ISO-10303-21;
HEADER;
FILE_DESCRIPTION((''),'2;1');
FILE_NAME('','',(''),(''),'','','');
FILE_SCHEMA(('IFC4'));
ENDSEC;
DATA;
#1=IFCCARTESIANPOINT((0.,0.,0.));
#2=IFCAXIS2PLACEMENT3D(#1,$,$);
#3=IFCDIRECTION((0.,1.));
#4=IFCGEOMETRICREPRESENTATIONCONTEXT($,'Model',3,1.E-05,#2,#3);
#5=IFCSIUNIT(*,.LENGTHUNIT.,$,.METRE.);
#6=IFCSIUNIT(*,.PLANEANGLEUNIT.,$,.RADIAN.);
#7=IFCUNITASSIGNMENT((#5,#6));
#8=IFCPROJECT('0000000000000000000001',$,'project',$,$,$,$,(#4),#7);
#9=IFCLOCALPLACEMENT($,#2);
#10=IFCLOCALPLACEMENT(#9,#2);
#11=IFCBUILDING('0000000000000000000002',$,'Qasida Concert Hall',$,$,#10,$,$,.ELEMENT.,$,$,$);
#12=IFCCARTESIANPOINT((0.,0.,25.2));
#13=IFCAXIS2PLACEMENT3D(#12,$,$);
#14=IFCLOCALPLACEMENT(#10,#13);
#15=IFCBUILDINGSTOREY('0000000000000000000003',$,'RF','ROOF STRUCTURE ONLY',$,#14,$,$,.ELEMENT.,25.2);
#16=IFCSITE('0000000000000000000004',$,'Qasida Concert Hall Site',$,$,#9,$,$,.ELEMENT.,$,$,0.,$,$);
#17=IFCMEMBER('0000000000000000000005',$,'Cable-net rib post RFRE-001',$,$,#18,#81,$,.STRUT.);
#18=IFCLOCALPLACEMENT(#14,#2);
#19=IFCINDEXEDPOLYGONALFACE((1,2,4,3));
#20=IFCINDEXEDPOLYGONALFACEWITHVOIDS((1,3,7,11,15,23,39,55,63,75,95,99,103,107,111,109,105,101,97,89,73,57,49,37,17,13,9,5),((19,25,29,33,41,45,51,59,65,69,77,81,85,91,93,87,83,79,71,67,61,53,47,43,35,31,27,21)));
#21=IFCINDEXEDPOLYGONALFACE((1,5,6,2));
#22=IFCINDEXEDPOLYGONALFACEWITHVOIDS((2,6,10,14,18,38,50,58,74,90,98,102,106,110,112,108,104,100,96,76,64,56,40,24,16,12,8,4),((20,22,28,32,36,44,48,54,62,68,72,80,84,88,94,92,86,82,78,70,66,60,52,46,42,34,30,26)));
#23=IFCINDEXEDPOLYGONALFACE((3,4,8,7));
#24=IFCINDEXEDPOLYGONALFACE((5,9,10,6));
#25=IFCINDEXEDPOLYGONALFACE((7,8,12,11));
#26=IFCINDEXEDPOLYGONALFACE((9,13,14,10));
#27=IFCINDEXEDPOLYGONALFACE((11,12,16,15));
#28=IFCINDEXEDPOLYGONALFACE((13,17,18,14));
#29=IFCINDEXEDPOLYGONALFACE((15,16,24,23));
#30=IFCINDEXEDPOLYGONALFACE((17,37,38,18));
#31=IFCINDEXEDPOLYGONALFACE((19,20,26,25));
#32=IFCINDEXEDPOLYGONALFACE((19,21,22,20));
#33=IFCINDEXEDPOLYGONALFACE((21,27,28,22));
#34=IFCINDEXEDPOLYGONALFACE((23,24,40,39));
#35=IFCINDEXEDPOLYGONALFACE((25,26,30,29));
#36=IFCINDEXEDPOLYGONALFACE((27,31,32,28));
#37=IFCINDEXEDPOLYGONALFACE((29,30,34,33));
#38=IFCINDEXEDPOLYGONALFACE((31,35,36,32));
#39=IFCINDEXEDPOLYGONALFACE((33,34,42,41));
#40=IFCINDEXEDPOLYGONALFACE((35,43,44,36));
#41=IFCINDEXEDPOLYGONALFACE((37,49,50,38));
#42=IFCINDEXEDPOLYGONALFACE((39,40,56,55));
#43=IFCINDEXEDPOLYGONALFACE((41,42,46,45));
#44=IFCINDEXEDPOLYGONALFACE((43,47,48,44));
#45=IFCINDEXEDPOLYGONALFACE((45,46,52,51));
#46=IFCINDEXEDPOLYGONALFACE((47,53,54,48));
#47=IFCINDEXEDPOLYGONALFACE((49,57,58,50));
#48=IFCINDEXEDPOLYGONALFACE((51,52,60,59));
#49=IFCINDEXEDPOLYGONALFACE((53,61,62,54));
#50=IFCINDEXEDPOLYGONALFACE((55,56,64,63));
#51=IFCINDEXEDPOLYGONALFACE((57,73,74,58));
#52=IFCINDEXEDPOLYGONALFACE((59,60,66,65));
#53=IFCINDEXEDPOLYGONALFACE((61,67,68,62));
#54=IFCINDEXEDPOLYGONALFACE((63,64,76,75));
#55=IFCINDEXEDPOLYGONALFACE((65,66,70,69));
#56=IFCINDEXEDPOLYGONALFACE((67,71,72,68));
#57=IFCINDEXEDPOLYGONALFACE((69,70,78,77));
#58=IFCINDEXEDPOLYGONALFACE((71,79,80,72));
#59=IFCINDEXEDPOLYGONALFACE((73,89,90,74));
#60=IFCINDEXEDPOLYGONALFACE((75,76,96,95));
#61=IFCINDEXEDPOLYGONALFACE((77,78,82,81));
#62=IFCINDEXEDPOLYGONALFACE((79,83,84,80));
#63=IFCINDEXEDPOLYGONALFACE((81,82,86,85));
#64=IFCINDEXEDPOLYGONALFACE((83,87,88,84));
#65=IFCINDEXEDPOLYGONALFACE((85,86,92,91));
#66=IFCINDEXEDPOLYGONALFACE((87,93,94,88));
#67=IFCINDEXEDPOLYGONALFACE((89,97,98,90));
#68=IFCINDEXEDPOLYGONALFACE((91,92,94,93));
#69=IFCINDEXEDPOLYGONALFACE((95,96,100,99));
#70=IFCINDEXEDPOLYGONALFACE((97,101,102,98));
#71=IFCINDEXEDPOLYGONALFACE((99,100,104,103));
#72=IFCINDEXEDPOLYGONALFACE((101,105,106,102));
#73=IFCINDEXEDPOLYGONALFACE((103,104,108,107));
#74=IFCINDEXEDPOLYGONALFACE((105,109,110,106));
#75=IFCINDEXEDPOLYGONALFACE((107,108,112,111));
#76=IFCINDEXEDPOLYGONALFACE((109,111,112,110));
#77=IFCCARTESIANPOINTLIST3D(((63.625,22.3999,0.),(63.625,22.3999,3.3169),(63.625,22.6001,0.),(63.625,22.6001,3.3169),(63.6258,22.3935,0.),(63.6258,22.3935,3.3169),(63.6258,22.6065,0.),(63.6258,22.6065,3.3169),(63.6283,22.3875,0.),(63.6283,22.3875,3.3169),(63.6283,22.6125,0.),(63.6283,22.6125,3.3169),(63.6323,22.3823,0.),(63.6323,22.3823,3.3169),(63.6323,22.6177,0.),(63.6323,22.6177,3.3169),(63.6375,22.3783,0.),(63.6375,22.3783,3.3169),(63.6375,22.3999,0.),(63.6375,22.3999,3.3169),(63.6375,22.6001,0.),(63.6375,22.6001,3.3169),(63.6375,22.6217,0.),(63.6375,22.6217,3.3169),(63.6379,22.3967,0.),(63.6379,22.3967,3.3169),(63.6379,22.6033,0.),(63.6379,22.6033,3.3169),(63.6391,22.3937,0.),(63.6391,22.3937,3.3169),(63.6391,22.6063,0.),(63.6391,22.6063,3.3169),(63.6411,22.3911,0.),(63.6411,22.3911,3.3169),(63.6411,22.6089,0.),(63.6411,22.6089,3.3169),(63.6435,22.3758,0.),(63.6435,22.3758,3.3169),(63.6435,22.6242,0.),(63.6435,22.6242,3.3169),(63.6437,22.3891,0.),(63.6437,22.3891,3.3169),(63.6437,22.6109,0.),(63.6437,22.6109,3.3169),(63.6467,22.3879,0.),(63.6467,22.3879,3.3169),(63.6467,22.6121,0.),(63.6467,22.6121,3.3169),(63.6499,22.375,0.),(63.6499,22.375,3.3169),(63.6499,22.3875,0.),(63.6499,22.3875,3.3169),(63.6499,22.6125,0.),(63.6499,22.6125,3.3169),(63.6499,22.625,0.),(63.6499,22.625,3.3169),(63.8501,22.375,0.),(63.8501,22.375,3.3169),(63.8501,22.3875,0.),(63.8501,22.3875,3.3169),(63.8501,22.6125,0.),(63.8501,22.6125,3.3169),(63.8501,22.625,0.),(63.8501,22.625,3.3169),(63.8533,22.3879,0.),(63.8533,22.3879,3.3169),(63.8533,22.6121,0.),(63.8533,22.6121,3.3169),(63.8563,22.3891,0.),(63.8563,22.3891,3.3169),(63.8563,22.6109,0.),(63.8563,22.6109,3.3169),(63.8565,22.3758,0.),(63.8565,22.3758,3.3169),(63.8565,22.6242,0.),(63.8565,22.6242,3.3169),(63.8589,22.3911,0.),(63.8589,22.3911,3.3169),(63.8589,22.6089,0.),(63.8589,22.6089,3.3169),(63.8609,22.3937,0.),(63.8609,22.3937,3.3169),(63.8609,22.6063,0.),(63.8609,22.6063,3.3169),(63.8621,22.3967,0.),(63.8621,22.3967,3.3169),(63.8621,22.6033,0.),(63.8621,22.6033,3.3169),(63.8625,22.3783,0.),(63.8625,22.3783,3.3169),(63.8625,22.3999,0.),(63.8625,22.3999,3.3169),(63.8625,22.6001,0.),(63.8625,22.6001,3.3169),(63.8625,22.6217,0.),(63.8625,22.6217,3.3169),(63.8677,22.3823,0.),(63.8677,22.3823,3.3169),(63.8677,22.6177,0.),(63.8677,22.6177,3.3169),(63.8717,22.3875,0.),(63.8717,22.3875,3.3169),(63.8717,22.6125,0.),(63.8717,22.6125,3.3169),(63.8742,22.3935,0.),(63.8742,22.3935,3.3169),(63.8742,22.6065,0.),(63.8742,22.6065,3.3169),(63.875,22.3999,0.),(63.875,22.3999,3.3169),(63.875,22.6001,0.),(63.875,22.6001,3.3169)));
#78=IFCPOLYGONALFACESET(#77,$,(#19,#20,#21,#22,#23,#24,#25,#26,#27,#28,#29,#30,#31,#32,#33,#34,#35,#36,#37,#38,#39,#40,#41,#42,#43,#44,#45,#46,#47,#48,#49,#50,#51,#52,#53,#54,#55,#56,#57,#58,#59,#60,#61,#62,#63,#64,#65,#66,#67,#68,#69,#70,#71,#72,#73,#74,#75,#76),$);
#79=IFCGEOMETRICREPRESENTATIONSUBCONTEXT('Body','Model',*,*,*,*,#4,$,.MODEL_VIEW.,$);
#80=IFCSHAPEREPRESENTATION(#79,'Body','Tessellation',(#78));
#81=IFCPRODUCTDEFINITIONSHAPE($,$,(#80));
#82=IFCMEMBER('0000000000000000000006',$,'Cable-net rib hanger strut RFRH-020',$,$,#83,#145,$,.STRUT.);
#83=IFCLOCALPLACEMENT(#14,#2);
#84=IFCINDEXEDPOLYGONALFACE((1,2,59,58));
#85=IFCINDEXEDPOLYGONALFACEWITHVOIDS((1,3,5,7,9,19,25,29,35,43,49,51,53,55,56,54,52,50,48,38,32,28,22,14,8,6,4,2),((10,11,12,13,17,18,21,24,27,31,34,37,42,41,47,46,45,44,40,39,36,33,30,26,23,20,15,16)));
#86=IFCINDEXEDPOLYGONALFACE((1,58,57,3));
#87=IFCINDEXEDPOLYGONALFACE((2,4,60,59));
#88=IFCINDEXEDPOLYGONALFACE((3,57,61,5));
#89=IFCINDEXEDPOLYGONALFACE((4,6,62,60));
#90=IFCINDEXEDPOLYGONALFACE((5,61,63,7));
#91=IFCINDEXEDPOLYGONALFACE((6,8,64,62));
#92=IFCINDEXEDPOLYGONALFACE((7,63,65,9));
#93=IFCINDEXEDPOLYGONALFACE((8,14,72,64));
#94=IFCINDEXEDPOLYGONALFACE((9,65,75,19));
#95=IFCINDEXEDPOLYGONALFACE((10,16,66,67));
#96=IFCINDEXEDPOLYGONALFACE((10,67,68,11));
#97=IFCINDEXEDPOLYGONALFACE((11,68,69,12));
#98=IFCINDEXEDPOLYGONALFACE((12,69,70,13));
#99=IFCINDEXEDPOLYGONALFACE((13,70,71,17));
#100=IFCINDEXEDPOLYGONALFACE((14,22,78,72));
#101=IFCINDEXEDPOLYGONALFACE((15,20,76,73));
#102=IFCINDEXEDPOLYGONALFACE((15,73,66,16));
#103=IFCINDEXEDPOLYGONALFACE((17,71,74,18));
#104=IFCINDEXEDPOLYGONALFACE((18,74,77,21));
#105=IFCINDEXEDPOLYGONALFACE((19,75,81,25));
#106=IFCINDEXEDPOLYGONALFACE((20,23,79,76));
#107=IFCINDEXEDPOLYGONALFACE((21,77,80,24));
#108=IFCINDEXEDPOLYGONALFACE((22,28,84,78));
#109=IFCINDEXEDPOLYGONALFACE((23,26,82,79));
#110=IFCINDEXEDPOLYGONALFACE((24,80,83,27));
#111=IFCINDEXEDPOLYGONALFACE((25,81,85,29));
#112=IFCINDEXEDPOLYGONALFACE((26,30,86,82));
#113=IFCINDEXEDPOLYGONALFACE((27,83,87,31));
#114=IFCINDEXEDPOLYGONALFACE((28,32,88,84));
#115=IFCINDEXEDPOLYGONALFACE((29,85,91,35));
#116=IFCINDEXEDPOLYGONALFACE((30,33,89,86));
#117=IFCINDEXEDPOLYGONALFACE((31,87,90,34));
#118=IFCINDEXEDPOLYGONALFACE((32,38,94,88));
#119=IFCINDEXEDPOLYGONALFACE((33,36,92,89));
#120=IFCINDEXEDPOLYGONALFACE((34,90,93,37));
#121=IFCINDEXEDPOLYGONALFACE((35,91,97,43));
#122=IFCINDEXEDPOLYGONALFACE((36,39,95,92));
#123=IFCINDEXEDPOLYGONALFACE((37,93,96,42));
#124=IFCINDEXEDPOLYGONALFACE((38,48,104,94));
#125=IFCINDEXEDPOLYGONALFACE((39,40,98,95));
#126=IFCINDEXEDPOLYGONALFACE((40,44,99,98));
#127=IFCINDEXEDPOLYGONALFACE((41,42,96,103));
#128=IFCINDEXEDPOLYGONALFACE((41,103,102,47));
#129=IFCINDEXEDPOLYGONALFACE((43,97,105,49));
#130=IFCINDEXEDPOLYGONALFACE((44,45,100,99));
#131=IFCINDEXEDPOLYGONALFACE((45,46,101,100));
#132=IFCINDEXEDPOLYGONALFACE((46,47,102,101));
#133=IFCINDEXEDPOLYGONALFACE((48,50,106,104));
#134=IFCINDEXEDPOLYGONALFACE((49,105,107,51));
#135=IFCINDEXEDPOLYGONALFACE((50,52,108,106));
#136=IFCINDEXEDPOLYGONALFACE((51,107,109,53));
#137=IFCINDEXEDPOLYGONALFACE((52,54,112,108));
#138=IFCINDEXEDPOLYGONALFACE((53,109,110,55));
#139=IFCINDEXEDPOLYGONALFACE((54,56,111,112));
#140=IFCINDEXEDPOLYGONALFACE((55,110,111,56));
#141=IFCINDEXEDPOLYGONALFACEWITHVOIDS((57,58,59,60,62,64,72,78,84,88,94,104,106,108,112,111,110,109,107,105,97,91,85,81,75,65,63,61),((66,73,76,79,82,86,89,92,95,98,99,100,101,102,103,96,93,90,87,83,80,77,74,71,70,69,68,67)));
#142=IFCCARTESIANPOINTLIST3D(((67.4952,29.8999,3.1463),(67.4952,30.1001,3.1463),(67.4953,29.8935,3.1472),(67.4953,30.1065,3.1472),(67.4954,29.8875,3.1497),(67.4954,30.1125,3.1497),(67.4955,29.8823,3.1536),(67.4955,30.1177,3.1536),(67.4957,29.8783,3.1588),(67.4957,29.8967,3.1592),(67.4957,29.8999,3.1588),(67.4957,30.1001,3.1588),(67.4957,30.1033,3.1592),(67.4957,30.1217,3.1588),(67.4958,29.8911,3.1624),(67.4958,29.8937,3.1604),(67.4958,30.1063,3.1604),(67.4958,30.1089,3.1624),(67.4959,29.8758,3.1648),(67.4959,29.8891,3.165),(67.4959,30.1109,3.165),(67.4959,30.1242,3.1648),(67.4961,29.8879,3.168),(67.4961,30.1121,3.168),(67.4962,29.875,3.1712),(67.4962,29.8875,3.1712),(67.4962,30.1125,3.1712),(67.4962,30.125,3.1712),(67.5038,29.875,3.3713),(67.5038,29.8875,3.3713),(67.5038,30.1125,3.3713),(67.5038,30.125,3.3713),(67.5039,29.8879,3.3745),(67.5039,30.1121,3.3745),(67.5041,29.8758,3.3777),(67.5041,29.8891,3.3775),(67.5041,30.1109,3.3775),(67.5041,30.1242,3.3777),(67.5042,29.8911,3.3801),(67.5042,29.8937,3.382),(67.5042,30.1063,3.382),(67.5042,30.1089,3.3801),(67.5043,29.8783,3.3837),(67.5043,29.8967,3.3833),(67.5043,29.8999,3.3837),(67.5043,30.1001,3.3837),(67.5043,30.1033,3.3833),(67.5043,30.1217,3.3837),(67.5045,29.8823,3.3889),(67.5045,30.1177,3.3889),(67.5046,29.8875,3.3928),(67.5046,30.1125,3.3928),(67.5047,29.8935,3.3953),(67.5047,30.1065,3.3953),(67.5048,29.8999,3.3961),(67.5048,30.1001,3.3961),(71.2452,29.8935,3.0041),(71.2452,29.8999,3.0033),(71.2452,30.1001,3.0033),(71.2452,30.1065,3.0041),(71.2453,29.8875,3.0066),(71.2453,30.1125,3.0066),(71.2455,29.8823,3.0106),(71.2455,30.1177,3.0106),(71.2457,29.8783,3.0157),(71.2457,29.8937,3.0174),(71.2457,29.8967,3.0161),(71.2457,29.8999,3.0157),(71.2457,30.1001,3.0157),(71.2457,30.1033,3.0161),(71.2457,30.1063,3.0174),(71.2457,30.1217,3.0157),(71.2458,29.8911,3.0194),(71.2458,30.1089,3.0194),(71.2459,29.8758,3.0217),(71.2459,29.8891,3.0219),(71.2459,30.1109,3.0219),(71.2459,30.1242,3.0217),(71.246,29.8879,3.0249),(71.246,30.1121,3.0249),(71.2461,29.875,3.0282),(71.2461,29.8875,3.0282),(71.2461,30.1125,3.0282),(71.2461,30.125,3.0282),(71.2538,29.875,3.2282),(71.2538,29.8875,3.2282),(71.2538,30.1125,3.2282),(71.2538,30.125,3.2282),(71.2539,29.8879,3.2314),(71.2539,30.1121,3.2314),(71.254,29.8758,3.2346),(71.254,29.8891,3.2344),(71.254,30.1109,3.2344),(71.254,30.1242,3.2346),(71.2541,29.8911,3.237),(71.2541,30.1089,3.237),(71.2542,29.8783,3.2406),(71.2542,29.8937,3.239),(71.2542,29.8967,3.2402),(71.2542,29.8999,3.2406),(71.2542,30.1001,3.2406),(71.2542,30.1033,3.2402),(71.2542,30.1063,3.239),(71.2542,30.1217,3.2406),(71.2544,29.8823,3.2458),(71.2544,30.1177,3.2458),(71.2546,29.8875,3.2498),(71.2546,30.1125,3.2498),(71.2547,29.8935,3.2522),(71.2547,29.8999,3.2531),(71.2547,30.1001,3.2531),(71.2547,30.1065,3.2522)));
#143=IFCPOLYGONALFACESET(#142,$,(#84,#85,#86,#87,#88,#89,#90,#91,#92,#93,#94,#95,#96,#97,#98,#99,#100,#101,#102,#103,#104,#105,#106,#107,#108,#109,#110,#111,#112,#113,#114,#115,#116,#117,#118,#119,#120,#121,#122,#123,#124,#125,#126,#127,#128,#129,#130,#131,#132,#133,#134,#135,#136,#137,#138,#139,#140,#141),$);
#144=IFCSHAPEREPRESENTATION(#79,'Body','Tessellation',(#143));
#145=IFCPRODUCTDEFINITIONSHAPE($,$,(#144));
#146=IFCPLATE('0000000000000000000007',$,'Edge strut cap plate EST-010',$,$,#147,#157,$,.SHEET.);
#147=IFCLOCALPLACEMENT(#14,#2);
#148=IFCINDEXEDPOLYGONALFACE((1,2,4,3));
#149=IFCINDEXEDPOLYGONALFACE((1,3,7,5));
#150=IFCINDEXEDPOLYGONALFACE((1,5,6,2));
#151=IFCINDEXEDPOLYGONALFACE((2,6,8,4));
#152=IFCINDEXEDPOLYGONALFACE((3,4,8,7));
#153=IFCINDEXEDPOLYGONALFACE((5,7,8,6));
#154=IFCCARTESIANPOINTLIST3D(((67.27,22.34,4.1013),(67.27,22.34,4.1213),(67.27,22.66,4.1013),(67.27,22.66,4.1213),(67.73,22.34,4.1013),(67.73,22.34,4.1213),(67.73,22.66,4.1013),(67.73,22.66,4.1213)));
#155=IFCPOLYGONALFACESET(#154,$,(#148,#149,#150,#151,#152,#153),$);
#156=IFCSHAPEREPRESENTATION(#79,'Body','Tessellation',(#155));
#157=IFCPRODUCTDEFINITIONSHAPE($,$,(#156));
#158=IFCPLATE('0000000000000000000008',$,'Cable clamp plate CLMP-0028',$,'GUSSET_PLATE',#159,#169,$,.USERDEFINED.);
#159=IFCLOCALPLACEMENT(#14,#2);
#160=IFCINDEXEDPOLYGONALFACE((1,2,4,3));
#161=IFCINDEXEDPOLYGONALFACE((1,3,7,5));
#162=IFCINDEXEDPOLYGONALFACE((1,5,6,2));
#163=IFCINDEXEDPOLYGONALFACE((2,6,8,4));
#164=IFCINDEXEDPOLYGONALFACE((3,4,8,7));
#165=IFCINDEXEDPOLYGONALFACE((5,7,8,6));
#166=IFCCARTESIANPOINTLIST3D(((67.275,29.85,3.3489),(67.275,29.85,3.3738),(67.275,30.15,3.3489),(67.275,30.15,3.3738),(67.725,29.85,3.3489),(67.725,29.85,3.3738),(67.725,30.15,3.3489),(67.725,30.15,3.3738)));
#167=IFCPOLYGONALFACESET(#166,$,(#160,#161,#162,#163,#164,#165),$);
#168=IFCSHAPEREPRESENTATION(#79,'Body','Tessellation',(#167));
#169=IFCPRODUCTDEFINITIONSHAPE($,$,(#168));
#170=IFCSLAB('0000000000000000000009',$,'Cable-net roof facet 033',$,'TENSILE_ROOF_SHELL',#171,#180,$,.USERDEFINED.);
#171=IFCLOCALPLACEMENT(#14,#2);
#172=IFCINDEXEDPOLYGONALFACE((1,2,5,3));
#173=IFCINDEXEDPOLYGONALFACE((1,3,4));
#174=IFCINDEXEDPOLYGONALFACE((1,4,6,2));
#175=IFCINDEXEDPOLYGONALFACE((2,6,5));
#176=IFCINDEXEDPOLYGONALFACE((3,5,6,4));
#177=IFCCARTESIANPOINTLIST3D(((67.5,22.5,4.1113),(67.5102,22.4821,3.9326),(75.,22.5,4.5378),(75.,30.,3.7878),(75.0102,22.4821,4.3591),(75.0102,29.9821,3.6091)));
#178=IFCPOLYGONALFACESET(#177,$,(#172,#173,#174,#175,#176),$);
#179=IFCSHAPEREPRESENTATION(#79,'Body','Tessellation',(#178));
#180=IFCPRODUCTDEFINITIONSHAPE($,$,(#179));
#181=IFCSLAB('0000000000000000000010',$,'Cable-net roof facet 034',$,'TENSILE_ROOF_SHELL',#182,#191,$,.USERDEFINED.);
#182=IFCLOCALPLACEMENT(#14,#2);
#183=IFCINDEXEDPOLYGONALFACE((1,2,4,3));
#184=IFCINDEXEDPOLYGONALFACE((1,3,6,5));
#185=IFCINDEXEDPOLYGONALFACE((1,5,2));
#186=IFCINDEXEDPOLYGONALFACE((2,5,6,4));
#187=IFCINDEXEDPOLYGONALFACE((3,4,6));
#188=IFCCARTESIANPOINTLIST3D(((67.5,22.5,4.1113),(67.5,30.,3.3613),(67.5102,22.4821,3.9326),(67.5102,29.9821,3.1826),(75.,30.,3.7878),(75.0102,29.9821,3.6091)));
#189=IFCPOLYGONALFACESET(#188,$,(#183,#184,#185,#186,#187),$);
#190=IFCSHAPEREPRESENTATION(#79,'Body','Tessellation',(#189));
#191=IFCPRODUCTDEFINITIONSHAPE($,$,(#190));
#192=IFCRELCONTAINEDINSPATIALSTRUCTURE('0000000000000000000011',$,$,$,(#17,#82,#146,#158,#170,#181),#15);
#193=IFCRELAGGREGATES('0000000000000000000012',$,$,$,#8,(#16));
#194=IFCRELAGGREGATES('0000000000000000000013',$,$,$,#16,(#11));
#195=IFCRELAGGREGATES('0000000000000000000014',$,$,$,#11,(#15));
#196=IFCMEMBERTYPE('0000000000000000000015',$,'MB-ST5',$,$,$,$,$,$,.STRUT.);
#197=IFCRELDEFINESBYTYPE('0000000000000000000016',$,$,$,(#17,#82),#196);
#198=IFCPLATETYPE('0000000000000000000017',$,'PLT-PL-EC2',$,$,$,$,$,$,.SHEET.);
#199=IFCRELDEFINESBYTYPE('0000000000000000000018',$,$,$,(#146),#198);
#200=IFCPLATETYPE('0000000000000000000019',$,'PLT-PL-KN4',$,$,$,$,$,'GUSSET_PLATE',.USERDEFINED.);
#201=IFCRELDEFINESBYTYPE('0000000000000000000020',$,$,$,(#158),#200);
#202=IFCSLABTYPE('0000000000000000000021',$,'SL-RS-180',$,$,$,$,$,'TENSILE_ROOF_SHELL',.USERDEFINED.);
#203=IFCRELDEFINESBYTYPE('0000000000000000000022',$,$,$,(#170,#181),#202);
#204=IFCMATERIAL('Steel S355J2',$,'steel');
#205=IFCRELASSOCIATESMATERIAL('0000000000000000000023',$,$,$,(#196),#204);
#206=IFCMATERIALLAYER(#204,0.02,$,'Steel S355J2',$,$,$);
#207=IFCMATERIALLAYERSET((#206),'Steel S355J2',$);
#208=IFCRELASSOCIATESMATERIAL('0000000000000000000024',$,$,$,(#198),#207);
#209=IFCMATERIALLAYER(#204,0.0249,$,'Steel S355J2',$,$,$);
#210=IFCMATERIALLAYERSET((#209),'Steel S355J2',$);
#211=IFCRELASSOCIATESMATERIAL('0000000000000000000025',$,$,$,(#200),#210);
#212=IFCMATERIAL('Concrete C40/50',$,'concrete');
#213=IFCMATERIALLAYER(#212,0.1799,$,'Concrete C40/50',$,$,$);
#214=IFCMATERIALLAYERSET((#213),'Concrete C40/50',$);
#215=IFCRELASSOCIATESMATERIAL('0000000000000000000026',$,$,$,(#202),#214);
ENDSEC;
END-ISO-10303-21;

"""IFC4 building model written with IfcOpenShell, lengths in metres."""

from ifc_helpers import new_model, si_unit, direction, frame, origin, origin_2d, place, context, subcontext, project, spatial, polyline, rectangle, hollow_rectangle, outline, extrude, material, layer, layer_set, material_profile, profile_set, type_object, element, save


model = new_model("IFC4")

# Units and contexts
model_context = context("Model", 3, precision=1e-05, world=origin(), true_north=direction((0.0, 1.0)))
body_context = subcontext(model_context, "Body", "Model", "MODEL_VIEW")
ifc_project = project(units=[si_unit("LENGTHUNIT", "METRE"), si_unit("PLANEANGLEUNIT", "RADIAN")], contexts=[model_context])

# Site, building, storey
site_placement = place(None, origin())
site = spatial("IfcSite", under=ifc_project, at=site_placement, Name="Qasida Concert Hall Site", CompositionType="ELEMENT", RefElevation=0.0)
building_placement = place(site_placement, origin())
building = spatial("IfcBuilding", under=site, at=building_placement, Name="Qasida Concert Hall", CompositionType="ELEMENT")
storey_placement = place(building_placement, frame((0.0, 0.0, 25.2)))
storey = spatial("IfcBuildingStorey", under=building, at=storey_placement, Name="RF", Description="ROOF STRUCTURE ONLY", CompositionType="ELEMENT", Elevation=25.2)

# Members
ifc_material_1 = material(Name="Steel S355J2", Category="steel")
ifc_material_profile_1 = material_profile(ifc_material_1, hollow_rectangle(XDim=0.25, YDim=0.25, WallThickness=0.0125, InnerFilletRadius=0.0125, OuterFilletRadius=0.0249, at=origin_2d()), Name="SHS 250x250x12.5")
ifc_profile_set_1 = profile_set([ifc_material_profile_1], Name="Steel S355J2")
member_type_1 = type_object("IfcMemberType", Name="MB-ST5", PredefinedType="STRUT", material=ifc_profile_set_1)
member_1_placement = place(storey_placement, frame((63.75, 22.5, 0.0), z_axis=(0.0, 0.0, 1.0), x_axis=(1.0, 0.0, 0.0)))
element("IfcMember", 1, at=member_1_placement, inside=storey, type_object=member_type_1, Name="Cable-net rib post RFRE-001", PredefinedType="STRUT", context=body_context, shape_type="SweptSolid", body=[
    extrude(hollow_rectangle(XDim=0.25, YDim=0.25, WallThickness=0.0125, InnerFilletRadius=0.0125, OuterFilletRadius=0.0249, at=origin_2d()), origin(), (0.0, 0.0, 1.0), 3.3169),
])
member_2_placement = place(storey_placement, frame((67.5, 30.0, 3.2712), z_axis=(0.999273, 0.0, -0.038123), x_axis=(0.0, 1.0, 0.0)))
element("IfcMember", 2, at=member_2_placement, inside=storey, type_object=member_type_1, Name="Cable-net rib hanger strut RFRH-020", PredefinedType="STRUT", context=body_context, shape_type="SweptSolid", body=[
    extrude(hollow_rectangle(XDim=0.25, YDim=0.25, WallThickness=0.0125, InnerFilletRadius=0.0125, OuterFilletRadius=0.0249, at=origin_2d()), origin(), (0.0, 0.0, 1.0), 3.7527),
])

# Plates
ifc_layer_1 = layer(ifc_material_1, 0.02, Name="Steel S355J2")
ifc_layer_set_1 = layer_set([ifc_layer_1], Name="Steel S355J2")
plate_type_1 = type_object("IfcPlateType", Name="PLT-PL-EC2", PredefinedType="SHEET", material=ifc_layer_set_1)
plate_1_placement = place(storey_placement, frame((67.5, 22.5, 4.1013), z_axis=(0.0, 0.0, 1.0), x_axis=(1.0, 0.0, 0.0)))
element("IfcPlate", 3, at=plate_1_placement, inside=storey, type_object=plate_type_1, Name="Edge strut cap plate EST-010", PredefinedType="SHEET", context=body_context, shape_type="SweptSolid", body=[
    extrude(rectangle(XDim=0.46, YDim=0.3201, at=origin_2d()), origin(), (0.0, 0.0, 1.0), 0.02),
])
ifc_layer_2 = layer(ifc_material_1, 0.0249, Name="Steel S355J2")
ifc_layer_set_2 = layer_set([ifc_layer_2], Name="Steel S355J2")
plate_type_2 = type_object("IfcPlateType", Name="PLT-PL-KN4", ElementType="GUSSET_PLATE", PredefinedType="USERDEFINED", material=ifc_layer_set_2)
plate_2_placement = place(storey_placement, frame((67.5, 30.0, 3.3489), z_axis=(0.0, 0.0, 1.0), x_axis=(1.0, 0.0, 0.0)))
element("IfcPlate", 4, at=plate_2_placement, inside=storey, type_object=plate_type_2, Name="Cable clamp plate CLMP-0028", ObjectType="GUSSET_PLATE", PredefinedType="USERDEFINED", context=body_context, shape_type="SweptSolid", body=[
    extrude(rectangle(XDim=0.45, YDim=0.3, at=origin_2d()), origin(), (0.0, 0.0, 1.0), 0.0249),
])

# Slabs
ifc_material_2 = material(Name="Concrete C40/50", Category="concrete")
ifc_layer_3 = layer(ifc_material_2, 0.1799, Name="Concrete C40/50")
ifc_layer_set_3 = layer_set([ifc_layer_3], Name="Concrete C40/50")
slab_type = type_object("IfcSlabType", Name="SL-RS-180", ElementType="TENSILE_ROOF_SHELL", PredefinedType="USERDEFINED", material=ifc_layer_set_3)
slab_1_placement = place(storey_placement, frame((67.5, 22.5, 4.1113), z_axis=(-0.056496, 0.099345, 0.993448), x_axis=(0.998387, 0.0, 0.056777)))
element("IfcSlab", 5, at=slab_1_placement, inside=storey, type_object=slab_type, Name="Cable-net roof facet 033", ObjectType="TENSILE_ROOF_SHELL", PredefinedType="USERDEFINED", context=body_context, shape_type="SweptSolid", body=[
    extrude(outline(polyline([(0.0, 0.0), (7.5121, 0.0), (7.4695, 7.5373), (0.0, 0.0)])), origin(), (0.0, 0.0, -1.0), 0.1799),
])
slab_2_placement = place(storey_placement, frame((67.5, 22.5, 4.1113), z_axis=(-0.056496, 0.099345, 0.993448), x_axis=(0.706778, 0.706778, -0.030484)))
element("IfcSlab", 6, at=slab_2_placement, inside=storey, type_object=slab_type, Name="Cable-net roof facet 034", ObjectType="TENSILE_ROOF_SHELL", PredefinedType="USERDEFINED", context=body_context, shape_type="SweptSolid", body=[
    extrude(outline(polyline([(0.0, 0.0), (10.6115, 0.0), (5.3237, 5.3358), (0.0, 0.0)])), origin(), (0.0, 0.0, -1.0), 0.1799),
])

save(model, "model.ifc")
